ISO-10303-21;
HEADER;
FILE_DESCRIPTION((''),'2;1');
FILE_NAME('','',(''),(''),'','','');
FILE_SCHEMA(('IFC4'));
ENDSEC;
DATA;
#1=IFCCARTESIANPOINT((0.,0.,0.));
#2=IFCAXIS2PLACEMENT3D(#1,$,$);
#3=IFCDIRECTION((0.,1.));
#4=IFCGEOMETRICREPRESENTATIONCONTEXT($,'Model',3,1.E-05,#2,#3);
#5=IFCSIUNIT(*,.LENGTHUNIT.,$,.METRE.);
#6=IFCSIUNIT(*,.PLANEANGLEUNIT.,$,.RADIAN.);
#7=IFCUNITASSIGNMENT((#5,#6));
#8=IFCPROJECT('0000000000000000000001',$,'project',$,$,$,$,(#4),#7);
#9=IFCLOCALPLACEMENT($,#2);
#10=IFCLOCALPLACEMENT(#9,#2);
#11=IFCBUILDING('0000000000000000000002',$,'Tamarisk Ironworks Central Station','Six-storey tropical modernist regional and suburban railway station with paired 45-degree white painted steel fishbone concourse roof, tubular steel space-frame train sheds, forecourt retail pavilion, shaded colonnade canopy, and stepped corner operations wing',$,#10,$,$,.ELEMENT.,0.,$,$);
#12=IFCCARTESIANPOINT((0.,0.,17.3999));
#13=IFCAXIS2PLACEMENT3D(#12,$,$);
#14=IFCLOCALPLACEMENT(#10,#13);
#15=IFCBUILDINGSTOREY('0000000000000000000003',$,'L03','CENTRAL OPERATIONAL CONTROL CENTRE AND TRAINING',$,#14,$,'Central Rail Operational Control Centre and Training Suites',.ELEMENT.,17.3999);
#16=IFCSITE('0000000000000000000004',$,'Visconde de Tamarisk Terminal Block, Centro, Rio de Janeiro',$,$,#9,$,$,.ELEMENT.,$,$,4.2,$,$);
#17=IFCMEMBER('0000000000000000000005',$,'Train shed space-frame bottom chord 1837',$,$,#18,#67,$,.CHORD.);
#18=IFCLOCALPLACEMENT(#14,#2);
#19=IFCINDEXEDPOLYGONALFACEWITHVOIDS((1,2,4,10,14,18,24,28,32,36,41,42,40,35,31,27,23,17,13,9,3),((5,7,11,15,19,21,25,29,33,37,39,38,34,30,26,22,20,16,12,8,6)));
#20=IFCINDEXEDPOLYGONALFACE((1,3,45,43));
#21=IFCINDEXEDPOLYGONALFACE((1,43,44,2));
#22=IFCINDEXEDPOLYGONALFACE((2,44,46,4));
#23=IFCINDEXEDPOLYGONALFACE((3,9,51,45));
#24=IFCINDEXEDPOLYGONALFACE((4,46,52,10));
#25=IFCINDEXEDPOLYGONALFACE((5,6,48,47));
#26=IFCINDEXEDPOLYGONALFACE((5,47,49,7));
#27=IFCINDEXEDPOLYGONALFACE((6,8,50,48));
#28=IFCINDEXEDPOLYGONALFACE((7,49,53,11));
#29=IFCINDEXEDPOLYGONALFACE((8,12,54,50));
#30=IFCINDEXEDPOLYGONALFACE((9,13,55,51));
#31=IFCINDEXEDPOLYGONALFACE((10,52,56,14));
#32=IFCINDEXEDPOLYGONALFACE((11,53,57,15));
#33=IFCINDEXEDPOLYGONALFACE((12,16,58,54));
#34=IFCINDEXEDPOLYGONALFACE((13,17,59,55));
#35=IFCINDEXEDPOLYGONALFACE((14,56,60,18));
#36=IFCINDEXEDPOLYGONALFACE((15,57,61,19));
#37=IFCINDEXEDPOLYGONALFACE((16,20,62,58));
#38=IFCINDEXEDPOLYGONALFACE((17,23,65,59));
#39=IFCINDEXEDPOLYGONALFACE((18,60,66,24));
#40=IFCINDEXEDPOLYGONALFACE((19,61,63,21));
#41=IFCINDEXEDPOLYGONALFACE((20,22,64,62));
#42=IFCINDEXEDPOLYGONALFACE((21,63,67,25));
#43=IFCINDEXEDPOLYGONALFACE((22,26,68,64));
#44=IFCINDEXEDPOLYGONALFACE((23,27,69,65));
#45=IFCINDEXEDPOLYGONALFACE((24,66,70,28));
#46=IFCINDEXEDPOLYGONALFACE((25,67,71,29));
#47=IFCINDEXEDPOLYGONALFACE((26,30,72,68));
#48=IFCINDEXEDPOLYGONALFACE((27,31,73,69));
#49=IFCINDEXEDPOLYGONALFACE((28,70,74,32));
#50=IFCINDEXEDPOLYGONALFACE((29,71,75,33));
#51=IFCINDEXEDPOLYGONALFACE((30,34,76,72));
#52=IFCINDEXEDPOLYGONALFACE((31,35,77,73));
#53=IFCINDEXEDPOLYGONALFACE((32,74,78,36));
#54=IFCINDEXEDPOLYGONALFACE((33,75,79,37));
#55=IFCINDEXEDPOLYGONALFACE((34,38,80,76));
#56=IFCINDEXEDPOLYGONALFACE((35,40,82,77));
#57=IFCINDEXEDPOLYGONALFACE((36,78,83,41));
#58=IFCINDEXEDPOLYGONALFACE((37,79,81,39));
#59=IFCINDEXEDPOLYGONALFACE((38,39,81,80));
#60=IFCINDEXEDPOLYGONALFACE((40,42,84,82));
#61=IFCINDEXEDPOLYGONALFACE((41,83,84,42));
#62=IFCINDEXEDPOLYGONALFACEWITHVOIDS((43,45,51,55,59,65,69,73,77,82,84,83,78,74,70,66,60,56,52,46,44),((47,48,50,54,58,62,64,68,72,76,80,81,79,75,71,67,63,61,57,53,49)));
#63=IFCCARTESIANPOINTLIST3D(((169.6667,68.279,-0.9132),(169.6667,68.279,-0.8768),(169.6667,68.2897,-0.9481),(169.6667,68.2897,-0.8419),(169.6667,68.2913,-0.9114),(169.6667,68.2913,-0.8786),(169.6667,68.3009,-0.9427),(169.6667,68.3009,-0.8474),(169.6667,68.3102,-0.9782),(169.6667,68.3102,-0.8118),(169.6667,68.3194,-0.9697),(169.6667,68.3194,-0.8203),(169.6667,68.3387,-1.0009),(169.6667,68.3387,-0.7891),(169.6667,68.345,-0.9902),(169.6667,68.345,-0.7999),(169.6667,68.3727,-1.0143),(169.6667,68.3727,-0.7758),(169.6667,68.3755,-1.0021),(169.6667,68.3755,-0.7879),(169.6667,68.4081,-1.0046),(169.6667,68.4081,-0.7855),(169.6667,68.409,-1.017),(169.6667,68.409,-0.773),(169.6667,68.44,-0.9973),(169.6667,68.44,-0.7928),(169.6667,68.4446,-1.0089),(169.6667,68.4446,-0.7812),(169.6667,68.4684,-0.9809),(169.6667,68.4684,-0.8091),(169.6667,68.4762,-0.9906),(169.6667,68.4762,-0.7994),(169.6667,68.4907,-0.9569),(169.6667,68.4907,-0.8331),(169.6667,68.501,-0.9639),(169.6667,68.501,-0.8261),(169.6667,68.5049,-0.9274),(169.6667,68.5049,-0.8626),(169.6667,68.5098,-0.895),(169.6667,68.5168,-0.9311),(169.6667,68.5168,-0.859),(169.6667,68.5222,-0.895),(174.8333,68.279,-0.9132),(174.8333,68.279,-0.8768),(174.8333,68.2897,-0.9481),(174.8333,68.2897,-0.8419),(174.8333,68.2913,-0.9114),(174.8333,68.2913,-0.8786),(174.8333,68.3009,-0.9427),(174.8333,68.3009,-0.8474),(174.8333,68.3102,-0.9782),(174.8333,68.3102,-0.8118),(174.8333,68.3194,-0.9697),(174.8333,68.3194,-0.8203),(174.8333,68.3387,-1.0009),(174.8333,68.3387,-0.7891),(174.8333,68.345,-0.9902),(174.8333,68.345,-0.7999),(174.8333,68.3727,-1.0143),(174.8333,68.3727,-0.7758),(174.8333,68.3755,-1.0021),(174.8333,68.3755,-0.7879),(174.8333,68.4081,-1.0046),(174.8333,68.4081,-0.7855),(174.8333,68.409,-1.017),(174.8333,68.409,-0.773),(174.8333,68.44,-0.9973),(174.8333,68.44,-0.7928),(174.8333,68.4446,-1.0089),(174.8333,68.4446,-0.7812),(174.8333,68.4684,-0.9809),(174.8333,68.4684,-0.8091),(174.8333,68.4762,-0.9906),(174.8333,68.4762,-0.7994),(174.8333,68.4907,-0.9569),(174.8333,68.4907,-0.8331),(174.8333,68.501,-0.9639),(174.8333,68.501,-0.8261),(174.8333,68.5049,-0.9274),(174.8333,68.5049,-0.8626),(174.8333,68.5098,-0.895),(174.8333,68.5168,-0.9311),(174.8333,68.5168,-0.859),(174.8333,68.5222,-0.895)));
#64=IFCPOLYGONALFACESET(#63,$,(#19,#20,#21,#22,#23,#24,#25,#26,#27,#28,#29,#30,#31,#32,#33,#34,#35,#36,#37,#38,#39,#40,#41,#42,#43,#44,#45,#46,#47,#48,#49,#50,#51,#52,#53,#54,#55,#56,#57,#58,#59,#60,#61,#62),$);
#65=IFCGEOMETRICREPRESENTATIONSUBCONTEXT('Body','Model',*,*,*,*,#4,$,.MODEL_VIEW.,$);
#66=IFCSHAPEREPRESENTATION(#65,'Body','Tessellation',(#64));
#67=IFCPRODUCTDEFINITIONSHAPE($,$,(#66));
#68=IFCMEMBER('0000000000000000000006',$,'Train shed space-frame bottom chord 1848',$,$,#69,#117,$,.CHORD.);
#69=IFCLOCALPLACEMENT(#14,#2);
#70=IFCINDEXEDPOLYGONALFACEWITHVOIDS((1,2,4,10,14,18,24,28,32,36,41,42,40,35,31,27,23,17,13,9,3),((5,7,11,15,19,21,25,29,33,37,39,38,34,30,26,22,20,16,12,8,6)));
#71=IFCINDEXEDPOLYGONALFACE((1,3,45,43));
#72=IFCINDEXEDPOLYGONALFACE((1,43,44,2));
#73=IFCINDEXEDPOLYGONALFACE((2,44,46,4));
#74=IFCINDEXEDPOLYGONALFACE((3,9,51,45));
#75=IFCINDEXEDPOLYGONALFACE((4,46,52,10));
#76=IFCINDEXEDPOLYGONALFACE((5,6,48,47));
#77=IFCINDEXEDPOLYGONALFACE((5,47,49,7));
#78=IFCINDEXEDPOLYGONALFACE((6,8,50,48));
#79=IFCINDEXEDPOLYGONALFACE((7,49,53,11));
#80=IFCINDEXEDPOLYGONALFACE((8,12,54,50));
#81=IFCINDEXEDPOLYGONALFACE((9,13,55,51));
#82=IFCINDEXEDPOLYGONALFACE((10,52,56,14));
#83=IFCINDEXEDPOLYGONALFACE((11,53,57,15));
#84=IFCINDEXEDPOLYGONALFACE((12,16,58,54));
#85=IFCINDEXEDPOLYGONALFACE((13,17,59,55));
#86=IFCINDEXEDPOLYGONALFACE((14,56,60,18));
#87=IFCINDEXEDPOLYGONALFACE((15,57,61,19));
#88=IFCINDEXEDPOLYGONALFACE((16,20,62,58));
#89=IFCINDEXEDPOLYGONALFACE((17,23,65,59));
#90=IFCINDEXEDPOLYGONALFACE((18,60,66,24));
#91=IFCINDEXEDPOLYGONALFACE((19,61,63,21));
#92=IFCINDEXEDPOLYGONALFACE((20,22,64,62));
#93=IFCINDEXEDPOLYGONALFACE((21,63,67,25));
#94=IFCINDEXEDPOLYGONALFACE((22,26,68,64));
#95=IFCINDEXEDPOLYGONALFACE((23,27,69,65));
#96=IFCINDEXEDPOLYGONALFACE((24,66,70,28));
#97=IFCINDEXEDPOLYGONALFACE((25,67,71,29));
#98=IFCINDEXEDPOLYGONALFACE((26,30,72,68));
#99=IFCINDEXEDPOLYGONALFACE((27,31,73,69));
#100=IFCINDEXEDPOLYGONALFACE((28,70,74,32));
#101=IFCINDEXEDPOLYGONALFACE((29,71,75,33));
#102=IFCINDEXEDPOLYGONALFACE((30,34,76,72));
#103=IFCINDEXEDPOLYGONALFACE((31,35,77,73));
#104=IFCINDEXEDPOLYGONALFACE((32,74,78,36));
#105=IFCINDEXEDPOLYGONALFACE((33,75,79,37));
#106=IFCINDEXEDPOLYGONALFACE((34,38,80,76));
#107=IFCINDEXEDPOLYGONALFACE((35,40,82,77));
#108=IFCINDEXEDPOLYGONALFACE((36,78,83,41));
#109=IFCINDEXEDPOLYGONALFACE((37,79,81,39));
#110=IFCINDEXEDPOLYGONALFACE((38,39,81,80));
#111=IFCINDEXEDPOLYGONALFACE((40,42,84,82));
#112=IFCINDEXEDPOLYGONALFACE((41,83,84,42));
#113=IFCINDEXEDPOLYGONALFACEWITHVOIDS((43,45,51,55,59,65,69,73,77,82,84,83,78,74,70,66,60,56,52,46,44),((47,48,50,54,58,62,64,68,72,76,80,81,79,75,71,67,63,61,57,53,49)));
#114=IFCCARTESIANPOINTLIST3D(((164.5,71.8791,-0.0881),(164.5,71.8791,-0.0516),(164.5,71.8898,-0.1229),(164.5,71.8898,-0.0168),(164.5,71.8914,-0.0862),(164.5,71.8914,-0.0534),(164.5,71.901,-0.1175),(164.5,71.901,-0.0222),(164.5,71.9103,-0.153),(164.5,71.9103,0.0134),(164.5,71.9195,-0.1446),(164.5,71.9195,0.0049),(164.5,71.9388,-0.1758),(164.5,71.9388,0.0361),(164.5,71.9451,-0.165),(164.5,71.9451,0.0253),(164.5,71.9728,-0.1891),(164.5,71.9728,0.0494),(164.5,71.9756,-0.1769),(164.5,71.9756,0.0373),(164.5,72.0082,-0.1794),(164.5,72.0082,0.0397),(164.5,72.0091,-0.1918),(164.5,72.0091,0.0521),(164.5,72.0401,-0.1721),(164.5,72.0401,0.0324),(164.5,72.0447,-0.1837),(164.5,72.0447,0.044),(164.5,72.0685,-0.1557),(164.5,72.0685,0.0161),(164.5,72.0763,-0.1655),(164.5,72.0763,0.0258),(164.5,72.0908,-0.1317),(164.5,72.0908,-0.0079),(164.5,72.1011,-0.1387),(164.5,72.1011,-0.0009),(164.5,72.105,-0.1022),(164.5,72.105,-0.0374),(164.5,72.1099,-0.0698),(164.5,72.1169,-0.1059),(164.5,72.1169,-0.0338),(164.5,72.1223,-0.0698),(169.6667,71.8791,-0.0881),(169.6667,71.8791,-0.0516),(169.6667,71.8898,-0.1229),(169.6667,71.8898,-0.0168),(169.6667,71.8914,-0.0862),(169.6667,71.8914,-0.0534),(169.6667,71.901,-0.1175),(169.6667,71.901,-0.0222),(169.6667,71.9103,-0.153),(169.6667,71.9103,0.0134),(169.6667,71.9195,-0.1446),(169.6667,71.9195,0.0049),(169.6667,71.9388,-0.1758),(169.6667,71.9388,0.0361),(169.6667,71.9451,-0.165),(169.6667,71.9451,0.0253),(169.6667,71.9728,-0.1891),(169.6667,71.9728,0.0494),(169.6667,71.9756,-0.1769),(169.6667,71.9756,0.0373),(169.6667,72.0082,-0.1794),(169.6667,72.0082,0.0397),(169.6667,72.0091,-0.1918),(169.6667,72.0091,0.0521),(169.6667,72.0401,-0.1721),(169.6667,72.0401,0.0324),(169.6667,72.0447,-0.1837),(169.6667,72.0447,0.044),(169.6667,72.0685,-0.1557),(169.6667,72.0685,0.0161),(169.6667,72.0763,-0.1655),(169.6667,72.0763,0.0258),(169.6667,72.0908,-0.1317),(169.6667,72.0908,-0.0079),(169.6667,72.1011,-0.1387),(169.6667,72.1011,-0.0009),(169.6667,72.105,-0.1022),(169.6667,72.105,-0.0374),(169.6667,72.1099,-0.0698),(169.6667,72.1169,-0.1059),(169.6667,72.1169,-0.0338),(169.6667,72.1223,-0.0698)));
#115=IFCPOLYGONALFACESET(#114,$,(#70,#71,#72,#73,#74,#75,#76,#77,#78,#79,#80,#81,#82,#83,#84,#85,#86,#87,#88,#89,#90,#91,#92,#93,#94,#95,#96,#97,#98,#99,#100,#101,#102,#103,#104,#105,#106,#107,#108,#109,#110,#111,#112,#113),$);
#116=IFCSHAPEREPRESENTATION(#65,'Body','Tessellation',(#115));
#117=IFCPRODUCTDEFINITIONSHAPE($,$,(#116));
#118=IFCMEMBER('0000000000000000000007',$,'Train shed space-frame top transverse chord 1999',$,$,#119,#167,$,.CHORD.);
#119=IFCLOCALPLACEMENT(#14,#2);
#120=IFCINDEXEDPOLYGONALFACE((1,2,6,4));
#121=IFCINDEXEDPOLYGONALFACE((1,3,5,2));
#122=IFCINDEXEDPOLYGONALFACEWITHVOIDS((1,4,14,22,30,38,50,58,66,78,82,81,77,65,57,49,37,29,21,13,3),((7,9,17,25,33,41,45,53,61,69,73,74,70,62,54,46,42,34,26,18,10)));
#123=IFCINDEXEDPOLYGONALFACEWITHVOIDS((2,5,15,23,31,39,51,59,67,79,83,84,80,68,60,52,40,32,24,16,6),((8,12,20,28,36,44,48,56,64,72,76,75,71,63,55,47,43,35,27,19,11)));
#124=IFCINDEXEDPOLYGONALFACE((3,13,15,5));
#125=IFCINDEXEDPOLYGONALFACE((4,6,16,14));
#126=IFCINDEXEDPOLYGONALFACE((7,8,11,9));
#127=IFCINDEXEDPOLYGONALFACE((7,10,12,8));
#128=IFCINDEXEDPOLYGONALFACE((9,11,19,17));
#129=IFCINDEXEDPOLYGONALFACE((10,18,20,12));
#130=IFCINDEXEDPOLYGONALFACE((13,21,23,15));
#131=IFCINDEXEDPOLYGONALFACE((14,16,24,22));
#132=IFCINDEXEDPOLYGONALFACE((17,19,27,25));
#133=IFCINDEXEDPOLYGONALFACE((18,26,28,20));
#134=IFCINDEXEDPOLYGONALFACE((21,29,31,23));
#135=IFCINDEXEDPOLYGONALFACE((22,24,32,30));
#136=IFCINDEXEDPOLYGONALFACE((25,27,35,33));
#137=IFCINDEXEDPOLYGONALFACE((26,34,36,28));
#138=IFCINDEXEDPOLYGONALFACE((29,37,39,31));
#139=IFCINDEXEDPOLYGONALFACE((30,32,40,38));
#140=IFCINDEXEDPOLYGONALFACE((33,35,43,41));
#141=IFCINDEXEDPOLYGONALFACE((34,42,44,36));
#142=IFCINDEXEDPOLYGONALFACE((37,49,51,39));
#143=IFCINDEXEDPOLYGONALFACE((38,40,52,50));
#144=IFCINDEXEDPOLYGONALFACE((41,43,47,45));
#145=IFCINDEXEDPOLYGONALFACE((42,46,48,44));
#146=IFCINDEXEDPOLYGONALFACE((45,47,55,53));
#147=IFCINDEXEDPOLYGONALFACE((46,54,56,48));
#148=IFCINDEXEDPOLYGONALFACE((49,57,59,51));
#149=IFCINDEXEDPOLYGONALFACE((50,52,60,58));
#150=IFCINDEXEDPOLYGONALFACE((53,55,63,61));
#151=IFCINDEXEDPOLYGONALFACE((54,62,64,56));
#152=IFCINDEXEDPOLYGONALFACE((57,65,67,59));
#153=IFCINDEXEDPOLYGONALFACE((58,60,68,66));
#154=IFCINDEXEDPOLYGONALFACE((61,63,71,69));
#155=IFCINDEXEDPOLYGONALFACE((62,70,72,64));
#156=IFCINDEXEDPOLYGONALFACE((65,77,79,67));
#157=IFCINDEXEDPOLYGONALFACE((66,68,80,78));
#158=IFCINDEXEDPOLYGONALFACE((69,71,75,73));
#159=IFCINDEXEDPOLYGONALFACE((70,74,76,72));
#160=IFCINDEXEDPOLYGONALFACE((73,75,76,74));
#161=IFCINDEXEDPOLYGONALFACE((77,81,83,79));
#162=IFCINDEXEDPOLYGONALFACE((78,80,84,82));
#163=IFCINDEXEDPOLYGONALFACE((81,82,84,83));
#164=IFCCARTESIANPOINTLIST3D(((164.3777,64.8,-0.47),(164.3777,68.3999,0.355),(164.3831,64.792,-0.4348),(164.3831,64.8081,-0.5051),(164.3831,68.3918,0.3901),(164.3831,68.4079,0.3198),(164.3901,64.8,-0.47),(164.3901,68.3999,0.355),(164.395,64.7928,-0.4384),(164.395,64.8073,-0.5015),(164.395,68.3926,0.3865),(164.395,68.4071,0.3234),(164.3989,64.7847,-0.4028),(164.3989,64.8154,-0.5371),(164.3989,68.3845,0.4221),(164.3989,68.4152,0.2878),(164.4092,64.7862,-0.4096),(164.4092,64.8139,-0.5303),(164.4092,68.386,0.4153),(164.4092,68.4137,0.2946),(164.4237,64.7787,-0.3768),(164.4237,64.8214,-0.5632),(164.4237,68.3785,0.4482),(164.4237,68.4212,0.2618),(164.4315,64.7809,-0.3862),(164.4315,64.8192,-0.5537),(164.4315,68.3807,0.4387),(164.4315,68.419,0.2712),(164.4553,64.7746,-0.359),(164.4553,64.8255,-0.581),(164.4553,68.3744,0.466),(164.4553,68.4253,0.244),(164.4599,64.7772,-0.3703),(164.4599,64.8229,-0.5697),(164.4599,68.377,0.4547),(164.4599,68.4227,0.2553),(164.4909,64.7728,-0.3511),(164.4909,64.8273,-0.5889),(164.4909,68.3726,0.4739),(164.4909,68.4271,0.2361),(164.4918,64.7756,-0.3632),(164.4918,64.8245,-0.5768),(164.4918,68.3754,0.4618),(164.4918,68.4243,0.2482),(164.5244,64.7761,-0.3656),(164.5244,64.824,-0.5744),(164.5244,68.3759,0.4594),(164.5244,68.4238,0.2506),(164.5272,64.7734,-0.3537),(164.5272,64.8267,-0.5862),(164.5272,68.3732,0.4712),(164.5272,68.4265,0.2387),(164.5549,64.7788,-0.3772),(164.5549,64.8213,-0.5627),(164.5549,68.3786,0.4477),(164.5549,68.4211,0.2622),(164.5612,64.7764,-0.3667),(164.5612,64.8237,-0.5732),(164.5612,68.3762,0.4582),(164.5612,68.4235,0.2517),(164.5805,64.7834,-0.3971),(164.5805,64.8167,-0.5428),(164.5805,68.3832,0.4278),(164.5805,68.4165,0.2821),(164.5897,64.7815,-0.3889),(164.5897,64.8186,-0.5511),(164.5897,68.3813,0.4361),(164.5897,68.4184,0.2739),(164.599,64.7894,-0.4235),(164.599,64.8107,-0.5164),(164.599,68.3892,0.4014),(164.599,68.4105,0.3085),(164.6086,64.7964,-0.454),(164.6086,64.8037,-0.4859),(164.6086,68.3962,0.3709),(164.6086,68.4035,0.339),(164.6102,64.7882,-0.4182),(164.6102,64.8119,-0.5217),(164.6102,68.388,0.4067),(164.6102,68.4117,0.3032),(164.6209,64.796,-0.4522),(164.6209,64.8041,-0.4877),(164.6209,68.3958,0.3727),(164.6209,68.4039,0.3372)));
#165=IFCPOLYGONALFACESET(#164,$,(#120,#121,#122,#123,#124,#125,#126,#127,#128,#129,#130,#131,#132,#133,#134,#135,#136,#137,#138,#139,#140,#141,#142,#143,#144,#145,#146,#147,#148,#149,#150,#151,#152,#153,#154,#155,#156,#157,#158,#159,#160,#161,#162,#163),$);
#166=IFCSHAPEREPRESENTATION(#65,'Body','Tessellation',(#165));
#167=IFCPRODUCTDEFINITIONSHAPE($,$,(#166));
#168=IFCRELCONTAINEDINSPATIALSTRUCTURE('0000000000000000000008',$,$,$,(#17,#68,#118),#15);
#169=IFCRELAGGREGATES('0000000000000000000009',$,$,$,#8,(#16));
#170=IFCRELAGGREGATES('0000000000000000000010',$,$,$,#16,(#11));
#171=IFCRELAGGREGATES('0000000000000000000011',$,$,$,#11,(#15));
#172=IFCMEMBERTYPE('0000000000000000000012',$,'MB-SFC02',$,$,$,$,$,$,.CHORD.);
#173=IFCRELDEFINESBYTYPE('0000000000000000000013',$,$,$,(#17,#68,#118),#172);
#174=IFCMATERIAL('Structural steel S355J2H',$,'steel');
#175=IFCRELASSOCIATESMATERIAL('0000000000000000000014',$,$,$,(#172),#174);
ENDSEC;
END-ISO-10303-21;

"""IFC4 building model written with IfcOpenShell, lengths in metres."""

from ifc_helpers import new_model, si_unit, direction, frame, origin, origin_2d, place, context, subcontext, project, spatial, hollow_circle, extrude, material, material_profile, profile_set, type_object, element, save


model = new_model("IFC4")

# Units and contexts
model_context = context("Model", 3, precision=1e-05, world=origin(), true_north=direction((0.0, 1.0)))
body_context = subcontext(model_context, "Body", "Model", "MODEL_VIEW")
ifc_project = project(units=[si_unit("LENGTHUNIT", "METRE"), si_unit("PLANEANGLEUNIT", "RADIAN")], contexts=[model_context])

# Site, building, storey
site_placement = place(None, origin())
site = spatial("IfcSite", under=ifc_project, at=site_placement, Name="Visconde de Tamarisk Terminal Block, Centro, Rio de Janeiro", CompositionType="ELEMENT", RefElevation=4.2)
building_placement = place(site_placement, origin())
building = spatial("IfcBuilding", under=site, at=building_placement, Name="Tamarisk Ironworks Central Station", Description="Six-storey tropical modernist regional and suburban railway station with paired 45-degree white painted steel fishbone concourse roof, tubular steel space-frame train sheds, forecourt retail pavilion, shaded colonnade canopy, and stepped corner operations wing", CompositionType="ELEMENT", ElevationOfRefHeight=0.0)
storey_placement = place(building_placement, frame((0.0, 0.0, 17.3999)))
storey = spatial("IfcBuildingStorey", under=building, at=storey_placement, Name="L03", Description="CENTRAL OPERATIONAL CONTROL CENTRE AND TRAINING", LongName="Central Rail Operational Control Centre and Training Suites", CompositionType="ELEMENT", Elevation=17.3999)

# Members
ifc_material_1 = material(Name="Structural steel S355J2H", Category="steel")
ifc_material_profile_1 = material_profile(ifc_material_1, hollow_circle(Radius=0.1223, WallThickness=0.0125, at=origin_2d()), Name="CHS 244.5x12.5")
ifc_profile_set_1 = profile_set([ifc_material_profile_1], Name="Structural steel S355J2H")
member_type_1 = type_object("IfcMemberType", Name="MB-SFC02", PredefinedType="CHORD", material=ifc_profile_set_1)
member_1_placement = place(storey_placement, frame((169.6667, 68.3999, -0.895), z_axis=(1.0, 0.0, 0.0), x_axis=(0.0, 1.0, 0.0)))
element("IfcMember", 1, at=member_1_placement, inside=storey, type_object=member_type_1, Name="Train shed space-frame bottom chord 1837", PredefinedType="CHORD", context=body_context, shape_type="SweptSolid", body=[
    extrude(hollow_circle(Radius=0.1223, WallThickness=0.0125, at=origin_2d()), origin(), (0.0, 0.0, 1.0), 5.1665),
])
member_2_placement = place(storey_placement, frame((164.5, 72.0, -0.0698), z_axis=(1.0, 0.0, 0.0), x_axis=(0.0, 1.0, 0.0)))
element("IfcMember", 2, at=member_2_placement, inside=storey, type_object=member_type_1, Name="Train shed space-frame bottom chord 1848", PredefinedType="CHORD", context=body_context, shape_type="SweptSolid", body=[
    extrude(hollow_circle(Radius=0.1223, WallThickness=0.0125, at=origin_2d()), origin(), (0.0, 0.0, 1.0), 5.1667),
])
member_3_placement = place(storey_placement, frame((164.5, 64.8, -0.47), z_axis=(0.0, 0.974733, 0.223372), x_axis=(-1.0, 0.0, 0.0)))
element("IfcMember", 3, at=member_3_placement, inside=storey, type_object=member_type_1, Name="Train shed space-frame top transverse chord 1999", PredefinedType="CHORD", context=body_context, shape_type="SweptSolid", body=[
    extrude(hollow_circle(Radius=0.1223, WallThickness=0.0125, at=origin_2d()), origin(), (0.0, 0.0, 1.0), 3.6931),
])

save(model, "model.ifc")
